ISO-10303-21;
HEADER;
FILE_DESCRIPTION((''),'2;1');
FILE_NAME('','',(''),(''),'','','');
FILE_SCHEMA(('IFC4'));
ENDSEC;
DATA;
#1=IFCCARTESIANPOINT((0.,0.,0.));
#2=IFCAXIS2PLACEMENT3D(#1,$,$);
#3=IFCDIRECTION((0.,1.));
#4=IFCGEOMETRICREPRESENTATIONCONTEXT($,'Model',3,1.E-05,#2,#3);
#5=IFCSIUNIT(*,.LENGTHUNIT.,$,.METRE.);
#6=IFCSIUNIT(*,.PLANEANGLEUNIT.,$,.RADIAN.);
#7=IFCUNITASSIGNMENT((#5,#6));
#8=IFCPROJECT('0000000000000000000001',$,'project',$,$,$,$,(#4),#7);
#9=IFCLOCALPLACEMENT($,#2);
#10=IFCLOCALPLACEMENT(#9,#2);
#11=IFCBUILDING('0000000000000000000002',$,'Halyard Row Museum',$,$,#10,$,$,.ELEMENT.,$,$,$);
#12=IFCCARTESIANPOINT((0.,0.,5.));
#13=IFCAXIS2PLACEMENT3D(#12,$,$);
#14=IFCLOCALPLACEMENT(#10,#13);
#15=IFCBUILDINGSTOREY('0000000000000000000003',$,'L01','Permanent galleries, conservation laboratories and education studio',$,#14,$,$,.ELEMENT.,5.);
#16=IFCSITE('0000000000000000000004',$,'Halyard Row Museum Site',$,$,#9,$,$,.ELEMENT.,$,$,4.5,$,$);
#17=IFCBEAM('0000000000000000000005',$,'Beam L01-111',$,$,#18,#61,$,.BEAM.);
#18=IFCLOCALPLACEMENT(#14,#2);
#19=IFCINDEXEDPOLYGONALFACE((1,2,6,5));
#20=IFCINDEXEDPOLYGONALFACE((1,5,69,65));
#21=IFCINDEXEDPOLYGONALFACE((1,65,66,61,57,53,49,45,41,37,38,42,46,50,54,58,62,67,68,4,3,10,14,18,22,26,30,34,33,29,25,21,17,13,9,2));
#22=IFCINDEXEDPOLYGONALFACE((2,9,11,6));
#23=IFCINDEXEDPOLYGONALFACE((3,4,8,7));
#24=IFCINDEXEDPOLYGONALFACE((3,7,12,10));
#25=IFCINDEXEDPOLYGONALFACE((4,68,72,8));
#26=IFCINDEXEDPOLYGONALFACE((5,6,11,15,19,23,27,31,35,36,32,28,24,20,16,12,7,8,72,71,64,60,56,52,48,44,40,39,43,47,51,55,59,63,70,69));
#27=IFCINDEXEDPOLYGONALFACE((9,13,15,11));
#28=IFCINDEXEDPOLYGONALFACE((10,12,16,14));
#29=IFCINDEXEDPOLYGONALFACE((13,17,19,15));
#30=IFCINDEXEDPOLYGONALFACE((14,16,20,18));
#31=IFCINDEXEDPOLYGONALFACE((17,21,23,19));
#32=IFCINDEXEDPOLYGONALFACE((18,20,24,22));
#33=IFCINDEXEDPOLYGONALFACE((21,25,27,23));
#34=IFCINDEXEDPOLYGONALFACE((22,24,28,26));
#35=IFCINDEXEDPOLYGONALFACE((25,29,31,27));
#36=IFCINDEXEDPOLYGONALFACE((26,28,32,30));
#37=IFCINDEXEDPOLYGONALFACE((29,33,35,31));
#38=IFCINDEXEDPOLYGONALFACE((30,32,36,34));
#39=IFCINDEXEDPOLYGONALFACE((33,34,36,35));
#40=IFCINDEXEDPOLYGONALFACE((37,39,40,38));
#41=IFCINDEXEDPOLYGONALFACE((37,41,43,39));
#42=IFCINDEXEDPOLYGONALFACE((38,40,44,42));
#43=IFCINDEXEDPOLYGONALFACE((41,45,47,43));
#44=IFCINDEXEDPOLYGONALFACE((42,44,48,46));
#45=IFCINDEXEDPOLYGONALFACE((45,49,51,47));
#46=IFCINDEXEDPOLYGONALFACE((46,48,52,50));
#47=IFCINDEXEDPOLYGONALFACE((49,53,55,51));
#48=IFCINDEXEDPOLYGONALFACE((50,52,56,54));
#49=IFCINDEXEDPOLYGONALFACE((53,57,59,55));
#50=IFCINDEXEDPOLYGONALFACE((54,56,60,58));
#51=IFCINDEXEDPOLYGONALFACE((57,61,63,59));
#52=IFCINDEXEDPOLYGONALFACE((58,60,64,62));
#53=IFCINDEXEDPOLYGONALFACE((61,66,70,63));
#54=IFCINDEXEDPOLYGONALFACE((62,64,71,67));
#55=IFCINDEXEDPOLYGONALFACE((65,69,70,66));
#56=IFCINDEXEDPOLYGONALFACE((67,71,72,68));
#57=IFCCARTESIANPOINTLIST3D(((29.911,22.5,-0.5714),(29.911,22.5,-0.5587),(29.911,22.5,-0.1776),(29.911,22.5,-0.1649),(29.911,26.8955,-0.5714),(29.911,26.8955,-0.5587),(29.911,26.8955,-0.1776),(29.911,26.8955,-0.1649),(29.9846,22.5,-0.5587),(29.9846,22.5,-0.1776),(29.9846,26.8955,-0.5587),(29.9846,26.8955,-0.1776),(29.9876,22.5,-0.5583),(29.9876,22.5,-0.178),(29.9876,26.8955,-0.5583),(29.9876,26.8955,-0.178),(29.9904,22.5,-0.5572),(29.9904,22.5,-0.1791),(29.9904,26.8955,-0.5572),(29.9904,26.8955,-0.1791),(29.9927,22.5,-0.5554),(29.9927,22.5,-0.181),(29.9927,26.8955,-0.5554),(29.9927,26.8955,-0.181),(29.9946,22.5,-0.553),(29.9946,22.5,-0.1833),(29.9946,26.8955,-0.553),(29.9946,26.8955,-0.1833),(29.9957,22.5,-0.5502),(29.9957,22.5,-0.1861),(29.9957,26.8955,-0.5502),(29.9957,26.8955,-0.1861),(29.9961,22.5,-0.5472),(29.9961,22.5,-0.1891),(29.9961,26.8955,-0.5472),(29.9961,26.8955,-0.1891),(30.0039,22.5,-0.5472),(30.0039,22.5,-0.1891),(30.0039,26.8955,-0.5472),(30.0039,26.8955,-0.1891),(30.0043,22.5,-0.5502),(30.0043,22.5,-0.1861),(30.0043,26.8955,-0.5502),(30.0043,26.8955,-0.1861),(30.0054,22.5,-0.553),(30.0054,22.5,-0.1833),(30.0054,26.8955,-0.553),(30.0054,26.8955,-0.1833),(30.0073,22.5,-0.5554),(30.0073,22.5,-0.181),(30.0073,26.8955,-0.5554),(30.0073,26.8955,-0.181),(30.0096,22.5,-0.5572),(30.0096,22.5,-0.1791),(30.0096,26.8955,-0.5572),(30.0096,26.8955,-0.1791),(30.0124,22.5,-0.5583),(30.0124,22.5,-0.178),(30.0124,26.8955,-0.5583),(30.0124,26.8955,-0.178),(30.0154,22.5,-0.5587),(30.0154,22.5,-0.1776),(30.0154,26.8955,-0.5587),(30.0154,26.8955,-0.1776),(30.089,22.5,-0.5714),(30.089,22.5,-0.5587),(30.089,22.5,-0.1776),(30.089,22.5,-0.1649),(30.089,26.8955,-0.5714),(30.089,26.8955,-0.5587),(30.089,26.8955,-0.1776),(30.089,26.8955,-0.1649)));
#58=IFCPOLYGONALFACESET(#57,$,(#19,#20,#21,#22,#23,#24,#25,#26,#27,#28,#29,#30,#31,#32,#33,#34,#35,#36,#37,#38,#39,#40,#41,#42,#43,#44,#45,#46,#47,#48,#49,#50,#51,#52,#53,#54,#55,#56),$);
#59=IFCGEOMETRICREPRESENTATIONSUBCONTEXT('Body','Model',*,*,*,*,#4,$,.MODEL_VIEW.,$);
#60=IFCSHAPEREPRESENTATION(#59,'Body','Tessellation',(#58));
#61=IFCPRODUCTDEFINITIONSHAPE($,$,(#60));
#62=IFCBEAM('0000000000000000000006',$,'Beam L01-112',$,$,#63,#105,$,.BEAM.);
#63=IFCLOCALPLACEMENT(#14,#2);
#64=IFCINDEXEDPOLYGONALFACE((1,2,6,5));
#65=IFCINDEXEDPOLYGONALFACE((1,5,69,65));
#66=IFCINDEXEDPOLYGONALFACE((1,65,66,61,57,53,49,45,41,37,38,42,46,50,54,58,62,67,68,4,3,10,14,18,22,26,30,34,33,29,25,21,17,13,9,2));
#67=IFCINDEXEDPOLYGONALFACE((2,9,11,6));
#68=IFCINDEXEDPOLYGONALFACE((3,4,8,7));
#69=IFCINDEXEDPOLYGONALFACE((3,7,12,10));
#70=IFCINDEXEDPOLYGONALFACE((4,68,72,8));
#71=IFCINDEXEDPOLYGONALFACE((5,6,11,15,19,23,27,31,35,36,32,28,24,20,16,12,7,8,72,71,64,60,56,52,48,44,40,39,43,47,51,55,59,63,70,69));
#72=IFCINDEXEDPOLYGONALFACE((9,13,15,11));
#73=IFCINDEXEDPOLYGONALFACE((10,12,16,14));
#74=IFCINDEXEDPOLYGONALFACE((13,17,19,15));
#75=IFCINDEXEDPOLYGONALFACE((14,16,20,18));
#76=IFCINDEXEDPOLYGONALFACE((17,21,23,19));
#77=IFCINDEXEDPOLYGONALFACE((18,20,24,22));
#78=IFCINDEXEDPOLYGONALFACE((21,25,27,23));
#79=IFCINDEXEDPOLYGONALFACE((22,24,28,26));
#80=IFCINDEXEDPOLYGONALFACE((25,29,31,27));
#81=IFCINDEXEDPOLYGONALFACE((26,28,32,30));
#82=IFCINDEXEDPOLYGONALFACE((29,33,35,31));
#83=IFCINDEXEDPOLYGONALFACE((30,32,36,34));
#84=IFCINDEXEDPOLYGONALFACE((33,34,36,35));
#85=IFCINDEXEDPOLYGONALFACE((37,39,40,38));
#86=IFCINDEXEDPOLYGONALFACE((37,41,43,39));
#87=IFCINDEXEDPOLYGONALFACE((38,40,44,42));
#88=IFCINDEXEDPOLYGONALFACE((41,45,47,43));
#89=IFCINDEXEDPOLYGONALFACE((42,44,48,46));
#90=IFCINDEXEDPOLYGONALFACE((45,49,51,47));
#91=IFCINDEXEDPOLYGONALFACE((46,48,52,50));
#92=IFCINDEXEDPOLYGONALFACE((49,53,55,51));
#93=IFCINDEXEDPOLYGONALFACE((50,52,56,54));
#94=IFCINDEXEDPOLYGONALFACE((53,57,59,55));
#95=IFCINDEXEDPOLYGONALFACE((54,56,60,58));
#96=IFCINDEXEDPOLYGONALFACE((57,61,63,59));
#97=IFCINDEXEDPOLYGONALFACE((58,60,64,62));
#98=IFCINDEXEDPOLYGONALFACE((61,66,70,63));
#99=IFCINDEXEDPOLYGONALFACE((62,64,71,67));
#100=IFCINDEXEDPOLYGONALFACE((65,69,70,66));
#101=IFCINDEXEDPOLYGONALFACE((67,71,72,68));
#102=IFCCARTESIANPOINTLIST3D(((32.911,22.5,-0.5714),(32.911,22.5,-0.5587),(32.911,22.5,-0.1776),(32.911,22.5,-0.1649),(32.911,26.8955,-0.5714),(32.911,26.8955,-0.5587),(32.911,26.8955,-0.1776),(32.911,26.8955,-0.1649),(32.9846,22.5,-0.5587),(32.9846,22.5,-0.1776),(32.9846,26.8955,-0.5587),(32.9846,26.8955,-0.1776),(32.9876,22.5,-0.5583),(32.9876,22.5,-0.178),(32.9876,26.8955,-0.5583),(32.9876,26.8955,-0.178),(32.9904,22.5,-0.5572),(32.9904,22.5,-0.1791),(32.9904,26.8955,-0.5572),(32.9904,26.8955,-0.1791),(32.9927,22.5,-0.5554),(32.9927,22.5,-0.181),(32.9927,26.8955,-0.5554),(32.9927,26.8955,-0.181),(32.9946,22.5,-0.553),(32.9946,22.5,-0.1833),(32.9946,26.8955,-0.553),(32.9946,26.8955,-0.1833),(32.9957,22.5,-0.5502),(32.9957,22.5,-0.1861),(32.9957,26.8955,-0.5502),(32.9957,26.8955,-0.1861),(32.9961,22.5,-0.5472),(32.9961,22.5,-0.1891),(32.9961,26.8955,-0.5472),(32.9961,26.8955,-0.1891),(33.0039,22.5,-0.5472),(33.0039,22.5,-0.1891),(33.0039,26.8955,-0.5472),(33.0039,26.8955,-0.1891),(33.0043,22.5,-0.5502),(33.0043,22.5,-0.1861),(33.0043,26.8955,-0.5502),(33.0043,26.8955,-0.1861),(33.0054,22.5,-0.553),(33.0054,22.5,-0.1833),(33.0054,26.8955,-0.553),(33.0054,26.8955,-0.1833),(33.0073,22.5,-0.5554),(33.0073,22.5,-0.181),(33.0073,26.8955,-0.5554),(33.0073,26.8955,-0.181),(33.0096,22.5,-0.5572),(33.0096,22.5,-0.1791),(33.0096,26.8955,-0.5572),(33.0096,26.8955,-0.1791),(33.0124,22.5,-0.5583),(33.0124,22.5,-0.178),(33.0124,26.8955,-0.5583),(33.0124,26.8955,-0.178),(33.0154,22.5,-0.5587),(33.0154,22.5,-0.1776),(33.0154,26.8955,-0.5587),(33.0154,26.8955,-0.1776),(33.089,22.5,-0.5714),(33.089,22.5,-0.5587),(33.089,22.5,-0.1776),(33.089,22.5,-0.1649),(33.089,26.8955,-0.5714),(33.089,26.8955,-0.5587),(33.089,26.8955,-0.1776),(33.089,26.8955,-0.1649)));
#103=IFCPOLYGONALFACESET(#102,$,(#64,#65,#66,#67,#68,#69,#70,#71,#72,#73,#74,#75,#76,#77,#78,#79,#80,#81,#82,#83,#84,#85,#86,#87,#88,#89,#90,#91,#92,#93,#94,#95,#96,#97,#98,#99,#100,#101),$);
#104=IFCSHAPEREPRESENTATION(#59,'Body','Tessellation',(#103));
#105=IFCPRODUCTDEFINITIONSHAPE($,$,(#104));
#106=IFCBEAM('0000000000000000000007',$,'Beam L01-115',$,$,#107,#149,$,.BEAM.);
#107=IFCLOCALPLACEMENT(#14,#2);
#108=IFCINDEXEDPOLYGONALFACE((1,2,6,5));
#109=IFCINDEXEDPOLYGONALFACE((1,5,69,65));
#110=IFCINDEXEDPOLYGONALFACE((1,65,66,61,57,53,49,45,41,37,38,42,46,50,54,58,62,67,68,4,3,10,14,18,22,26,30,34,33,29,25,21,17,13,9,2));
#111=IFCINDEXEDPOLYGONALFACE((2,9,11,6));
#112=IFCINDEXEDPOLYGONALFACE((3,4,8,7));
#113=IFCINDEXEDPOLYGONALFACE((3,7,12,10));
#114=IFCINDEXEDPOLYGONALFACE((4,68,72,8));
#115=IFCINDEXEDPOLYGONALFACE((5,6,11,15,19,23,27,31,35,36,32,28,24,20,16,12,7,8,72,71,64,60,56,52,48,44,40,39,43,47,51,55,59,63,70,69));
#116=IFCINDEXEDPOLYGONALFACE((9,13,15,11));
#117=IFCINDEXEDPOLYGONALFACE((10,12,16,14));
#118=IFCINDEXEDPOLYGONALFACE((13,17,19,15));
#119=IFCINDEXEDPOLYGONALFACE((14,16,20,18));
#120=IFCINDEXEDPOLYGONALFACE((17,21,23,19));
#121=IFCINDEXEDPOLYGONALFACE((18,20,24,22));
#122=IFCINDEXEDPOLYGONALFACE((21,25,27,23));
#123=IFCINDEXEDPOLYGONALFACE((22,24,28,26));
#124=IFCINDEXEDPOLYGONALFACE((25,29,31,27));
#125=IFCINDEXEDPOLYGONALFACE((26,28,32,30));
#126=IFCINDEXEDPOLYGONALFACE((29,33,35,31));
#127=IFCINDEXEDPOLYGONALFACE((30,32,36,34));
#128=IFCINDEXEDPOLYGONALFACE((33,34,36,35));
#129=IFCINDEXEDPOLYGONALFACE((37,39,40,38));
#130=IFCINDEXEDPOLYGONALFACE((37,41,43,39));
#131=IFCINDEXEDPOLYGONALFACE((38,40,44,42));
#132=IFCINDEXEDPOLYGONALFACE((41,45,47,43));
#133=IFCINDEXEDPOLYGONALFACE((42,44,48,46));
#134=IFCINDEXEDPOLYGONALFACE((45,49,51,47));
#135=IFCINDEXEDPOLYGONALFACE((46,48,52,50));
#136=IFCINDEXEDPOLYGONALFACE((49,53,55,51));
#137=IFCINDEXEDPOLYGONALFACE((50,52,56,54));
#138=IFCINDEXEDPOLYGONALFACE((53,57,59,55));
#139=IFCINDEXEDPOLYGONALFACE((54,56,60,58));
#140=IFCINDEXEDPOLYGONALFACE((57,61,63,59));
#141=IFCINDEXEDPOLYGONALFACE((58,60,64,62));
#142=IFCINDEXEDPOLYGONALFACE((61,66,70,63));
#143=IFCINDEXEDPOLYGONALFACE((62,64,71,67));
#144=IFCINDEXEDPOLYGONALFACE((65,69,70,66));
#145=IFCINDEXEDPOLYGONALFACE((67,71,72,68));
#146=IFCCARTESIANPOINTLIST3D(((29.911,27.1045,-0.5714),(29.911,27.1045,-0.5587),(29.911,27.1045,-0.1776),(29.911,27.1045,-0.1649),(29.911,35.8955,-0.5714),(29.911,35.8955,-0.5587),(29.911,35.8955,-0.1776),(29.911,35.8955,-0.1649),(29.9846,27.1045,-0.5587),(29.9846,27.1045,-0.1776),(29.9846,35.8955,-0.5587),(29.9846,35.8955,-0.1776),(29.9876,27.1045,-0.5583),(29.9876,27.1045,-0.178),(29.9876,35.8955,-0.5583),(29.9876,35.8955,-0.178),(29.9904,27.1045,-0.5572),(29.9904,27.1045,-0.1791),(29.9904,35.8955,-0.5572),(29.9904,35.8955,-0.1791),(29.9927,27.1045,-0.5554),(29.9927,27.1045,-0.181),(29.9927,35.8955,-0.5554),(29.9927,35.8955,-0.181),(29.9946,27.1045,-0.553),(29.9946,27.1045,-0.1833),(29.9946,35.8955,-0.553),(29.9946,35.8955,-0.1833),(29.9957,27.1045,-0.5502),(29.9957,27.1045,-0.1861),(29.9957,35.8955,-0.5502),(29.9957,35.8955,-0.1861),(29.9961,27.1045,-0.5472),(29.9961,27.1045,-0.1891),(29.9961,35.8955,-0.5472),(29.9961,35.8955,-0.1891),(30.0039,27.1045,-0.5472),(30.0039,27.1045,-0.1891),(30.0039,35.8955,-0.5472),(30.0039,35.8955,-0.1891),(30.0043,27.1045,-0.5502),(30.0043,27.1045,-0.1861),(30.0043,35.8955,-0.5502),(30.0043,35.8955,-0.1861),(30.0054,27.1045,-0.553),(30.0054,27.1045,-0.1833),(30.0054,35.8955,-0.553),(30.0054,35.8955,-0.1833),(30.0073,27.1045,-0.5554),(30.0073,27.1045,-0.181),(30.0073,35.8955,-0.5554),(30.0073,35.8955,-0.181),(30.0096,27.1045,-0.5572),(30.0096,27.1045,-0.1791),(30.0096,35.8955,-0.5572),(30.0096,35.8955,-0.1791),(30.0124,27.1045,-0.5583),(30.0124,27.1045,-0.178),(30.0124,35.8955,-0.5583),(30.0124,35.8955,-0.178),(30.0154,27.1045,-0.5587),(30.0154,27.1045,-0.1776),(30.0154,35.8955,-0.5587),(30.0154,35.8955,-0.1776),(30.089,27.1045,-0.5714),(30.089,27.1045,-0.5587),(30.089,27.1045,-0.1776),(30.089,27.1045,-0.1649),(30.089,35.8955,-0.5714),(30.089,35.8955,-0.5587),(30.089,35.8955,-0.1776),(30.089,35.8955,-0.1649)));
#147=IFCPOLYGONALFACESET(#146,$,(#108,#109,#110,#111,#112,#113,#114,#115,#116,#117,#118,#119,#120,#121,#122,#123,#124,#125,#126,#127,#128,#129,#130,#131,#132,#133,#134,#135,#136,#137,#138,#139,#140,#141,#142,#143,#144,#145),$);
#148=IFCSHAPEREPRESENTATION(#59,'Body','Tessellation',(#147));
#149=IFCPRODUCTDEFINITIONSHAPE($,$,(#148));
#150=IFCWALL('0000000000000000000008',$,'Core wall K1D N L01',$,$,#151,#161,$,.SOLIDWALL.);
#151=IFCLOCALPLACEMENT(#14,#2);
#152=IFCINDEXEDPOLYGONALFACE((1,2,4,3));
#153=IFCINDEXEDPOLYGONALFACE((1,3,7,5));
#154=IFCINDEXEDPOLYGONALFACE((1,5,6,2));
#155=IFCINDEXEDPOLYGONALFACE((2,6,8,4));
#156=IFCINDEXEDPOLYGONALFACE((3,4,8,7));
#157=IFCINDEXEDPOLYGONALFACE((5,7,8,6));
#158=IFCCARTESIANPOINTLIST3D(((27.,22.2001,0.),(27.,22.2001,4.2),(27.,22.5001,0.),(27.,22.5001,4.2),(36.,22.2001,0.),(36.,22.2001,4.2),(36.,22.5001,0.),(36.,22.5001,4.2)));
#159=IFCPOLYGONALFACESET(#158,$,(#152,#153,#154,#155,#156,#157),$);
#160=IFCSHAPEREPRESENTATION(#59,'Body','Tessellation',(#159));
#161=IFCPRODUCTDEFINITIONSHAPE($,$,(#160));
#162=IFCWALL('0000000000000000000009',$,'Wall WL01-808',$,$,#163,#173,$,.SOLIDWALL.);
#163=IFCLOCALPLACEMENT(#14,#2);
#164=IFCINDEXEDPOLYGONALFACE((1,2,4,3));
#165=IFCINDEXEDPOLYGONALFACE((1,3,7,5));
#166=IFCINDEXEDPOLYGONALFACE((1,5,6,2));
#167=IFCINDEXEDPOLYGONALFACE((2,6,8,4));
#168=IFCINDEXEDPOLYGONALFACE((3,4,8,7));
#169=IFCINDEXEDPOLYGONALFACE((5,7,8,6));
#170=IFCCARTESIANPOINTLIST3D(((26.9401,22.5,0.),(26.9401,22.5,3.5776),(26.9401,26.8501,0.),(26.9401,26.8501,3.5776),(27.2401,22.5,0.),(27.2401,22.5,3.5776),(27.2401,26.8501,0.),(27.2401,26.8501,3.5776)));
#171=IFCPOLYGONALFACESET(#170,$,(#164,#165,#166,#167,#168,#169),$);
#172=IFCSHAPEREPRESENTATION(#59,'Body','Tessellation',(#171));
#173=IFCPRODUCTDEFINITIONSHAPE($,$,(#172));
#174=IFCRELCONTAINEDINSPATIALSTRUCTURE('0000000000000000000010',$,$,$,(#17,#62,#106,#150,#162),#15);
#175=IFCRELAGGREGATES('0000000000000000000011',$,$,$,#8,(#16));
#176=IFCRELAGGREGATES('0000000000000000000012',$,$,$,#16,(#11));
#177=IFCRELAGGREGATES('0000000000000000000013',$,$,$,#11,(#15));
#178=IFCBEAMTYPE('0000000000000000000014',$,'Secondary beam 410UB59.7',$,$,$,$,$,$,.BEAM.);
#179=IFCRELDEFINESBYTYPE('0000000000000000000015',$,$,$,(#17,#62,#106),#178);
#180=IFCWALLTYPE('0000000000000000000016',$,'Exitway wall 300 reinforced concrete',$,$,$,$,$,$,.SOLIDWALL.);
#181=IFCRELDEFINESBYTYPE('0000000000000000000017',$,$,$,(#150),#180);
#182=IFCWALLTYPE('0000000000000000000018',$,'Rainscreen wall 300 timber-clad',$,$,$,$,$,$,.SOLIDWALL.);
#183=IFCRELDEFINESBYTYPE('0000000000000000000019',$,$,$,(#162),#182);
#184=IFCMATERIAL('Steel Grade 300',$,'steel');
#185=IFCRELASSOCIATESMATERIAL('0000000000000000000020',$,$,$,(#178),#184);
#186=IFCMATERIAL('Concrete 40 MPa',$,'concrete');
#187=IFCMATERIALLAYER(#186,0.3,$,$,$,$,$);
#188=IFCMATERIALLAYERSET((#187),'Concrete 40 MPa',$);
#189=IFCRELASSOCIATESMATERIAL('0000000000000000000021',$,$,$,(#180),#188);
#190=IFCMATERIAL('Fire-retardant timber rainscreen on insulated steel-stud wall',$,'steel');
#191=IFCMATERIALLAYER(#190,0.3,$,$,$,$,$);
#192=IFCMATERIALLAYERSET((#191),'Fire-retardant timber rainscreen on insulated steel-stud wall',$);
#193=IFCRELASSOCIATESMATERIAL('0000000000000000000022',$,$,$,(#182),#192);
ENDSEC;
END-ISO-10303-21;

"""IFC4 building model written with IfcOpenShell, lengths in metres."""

from ifc_helpers import new_model, si_unit, direction, frame, frame_2d, origin, origin_2d, place, context, subcontext, project, spatial, rectangle, i_section, extrude, material, layer, layer_set, material_profile, profile_set, type_object, element, save


model = new_model("IFC4")

# Units and contexts
model_context = context("Model", 3, precision=1e-05, world=origin(), true_north=direction((0.0, 1.0)))
body_context = subcontext(model_context, "Body", "Model", "MODEL_VIEW")
ifc_project = project(units=[si_unit("LENGTHUNIT", "METRE"), si_unit("PLANEANGLEUNIT", "RADIAN")], contexts=[model_context])

# Site, building, storey
site_placement = place(None, origin())
site = spatial("IfcSite", under=ifc_project, at=site_placement, Name="Halyard Row Museum Site", CompositionType="ELEMENT", RefElevation=4.5)
building_placement = place(site_placement, origin())
building = spatial("IfcBuilding", under=site, at=building_placement, Name="Halyard Row Museum", CompositionType="ELEMENT")
storey_placement = place(building_placement, frame((0.0, 0.0, 5.0)))
storey = spatial("IfcBuildingStorey", under=building, at=storey_placement, Name="L01", Description="Permanent galleries, conservation laboratories and education studio", CompositionType="ELEMENT", Elevation=5.0)

# Beams
ifc_material_1 = material(Name="Steel Grade 300", Category="steel")
ifc_material_profile_1 = material_profile(ifc_material_1, i_section(OverallWidth=0.178, OverallDepth=0.4065, WebThickness=0.0078, FlangeThickness=0.0127, FilletRadius=0.0115, at=origin_2d()), Name="410UB59.7")
ifc_profile_set_1 = profile_set([ifc_material_profile_1], Name="Steel Grade 300")
beam_type_1 = type_object("IfcBeamType", Name="Secondary beam 410UB59.7", PredefinedType="BEAM", material=ifc_profile_set_1)
for number, where, z_axis, x_axis, name in (
    (1, (30.0, 22.5, -0.3682), (0.0, 1.0, 0.0), (-1.0, 0.0, 0.0), "Beam L01-111"),
    (2, (33.0, 22.5, -0.3682), (0.0, 1.0, 0.0), (-1.0, 0.0, 0.0), "Beam L01-112"),
):
    element("IfcBeam", number, at=place(storey_placement, frame(where, z_axis=z_axis, x_axis=x_axis)), inside=storey, type_object=beam_type_1, Name=name, PredefinedType="BEAM", context=body_context, shape_type="SweptSolid", body=[
        extrude(i_section(OverallWidth=0.178, OverallDepth=0.4065, WebThickness=0.0078, FlangeThickness=0.0127, FilletRadius=0.0115, at=origin_2d()), origin(), (0.0, 0.0, 1.0), 4.3955),
    ])
beam_1_placement = place(storey_placement, frame((30.0, 27.1045, -0.3682), z_axis=(0.0, 1.0, 0.0), x_axis=(-1.0, 0.0, 0.0)))
element("IfcBeam", 3, at=beam_1_placement, inside=storey, type_object=beam_type_1, Name="Beam L01-115", PredefinedType="BEAM", context=body_context, shape_type="SweptSolid", body=[
    extrude(i_section(OverallWidth=0.178, OverallDepth=0.4065, WebThickness=0.0078, FlangeThickness=0.0127, FilletRadius=0.0115, at=origin_2d()), origin(), (0.0, 0.0, 1.0), 8.791),
])

# Wall
ifc_material_2 = material(Name="Concrete 40 MPa", Category="concrete")
ifc_layer_1 = layer(ifc_material_2, 0.3)
ifc_layer_set_1 = layer_set([ifc_layer_1], Name="Concrete 40 MPa")
wall_type_1 = type_object("IfcWallType", Name="Exitway wall 300 reinforced concrete", PredefinedType="SOLIDWALL", material=ifc_layer_set_1)
wall_1_placement = place(storey_placement, frame((27.0, 22.3501, 0.0), z_axis=(0.0, 0.0, 1.0), x_axis=(1.0, 0.0, 0.0)))
element("IfcWall", 4, at=wall_1_placement, inside=storey, type_object=wall_type_1, Name="Core wall K1D N L01", PredefinedType="SOLIDWALL", context=body_context, shape_type="SweptSolid", body=[
    extrude(rectangle(XDim=9.0, YDim=0.3, at=frame_2d((4.5, 0.0))), origin(), (0.0, 0.0, 1.0), 4.2),
])

# Wall
ifc_material_3 = material(Name="Fire-retardant timber rainscreen on insulated steel-stud wall", Category="steel")
ifc_layer_2 = layer(ifc_material_3, 0.3)
ifc_layer_set_2 = layer_set([ifc_layer_2], Name="Fire-retardant timber rainscreen on insulated steel-stud wall")
wall_type_2 = type_object("IfcWallType", Name="Rainscreen wall 300 timber-clad", PredefinedType="SOLIDWALL", material=ifc_layer_set_2)
wall_2_placement = place(storey_placement, frame((27.0901, 22.5, 0.0), z_axis=(0.0, 0.0, 1.0), x_axis=(0.0, 1.0, 0.0)))
element("IfcWall", 5, at=wall_2_placement, inside=storey, type_object=wall_type_2, Name="Wall WL01-808", PredefinedType="SOLIDWALL", context=body_context, shape_type="SweptSolid", body=[
    extrude(rectangle(XDim=4.3501, YDim=0.3, at=frame_2d((2.175, 0.0))), origin(), (0.0, 0.0, 1.0), 3.5776),
])

save(model, "model.ifc")
